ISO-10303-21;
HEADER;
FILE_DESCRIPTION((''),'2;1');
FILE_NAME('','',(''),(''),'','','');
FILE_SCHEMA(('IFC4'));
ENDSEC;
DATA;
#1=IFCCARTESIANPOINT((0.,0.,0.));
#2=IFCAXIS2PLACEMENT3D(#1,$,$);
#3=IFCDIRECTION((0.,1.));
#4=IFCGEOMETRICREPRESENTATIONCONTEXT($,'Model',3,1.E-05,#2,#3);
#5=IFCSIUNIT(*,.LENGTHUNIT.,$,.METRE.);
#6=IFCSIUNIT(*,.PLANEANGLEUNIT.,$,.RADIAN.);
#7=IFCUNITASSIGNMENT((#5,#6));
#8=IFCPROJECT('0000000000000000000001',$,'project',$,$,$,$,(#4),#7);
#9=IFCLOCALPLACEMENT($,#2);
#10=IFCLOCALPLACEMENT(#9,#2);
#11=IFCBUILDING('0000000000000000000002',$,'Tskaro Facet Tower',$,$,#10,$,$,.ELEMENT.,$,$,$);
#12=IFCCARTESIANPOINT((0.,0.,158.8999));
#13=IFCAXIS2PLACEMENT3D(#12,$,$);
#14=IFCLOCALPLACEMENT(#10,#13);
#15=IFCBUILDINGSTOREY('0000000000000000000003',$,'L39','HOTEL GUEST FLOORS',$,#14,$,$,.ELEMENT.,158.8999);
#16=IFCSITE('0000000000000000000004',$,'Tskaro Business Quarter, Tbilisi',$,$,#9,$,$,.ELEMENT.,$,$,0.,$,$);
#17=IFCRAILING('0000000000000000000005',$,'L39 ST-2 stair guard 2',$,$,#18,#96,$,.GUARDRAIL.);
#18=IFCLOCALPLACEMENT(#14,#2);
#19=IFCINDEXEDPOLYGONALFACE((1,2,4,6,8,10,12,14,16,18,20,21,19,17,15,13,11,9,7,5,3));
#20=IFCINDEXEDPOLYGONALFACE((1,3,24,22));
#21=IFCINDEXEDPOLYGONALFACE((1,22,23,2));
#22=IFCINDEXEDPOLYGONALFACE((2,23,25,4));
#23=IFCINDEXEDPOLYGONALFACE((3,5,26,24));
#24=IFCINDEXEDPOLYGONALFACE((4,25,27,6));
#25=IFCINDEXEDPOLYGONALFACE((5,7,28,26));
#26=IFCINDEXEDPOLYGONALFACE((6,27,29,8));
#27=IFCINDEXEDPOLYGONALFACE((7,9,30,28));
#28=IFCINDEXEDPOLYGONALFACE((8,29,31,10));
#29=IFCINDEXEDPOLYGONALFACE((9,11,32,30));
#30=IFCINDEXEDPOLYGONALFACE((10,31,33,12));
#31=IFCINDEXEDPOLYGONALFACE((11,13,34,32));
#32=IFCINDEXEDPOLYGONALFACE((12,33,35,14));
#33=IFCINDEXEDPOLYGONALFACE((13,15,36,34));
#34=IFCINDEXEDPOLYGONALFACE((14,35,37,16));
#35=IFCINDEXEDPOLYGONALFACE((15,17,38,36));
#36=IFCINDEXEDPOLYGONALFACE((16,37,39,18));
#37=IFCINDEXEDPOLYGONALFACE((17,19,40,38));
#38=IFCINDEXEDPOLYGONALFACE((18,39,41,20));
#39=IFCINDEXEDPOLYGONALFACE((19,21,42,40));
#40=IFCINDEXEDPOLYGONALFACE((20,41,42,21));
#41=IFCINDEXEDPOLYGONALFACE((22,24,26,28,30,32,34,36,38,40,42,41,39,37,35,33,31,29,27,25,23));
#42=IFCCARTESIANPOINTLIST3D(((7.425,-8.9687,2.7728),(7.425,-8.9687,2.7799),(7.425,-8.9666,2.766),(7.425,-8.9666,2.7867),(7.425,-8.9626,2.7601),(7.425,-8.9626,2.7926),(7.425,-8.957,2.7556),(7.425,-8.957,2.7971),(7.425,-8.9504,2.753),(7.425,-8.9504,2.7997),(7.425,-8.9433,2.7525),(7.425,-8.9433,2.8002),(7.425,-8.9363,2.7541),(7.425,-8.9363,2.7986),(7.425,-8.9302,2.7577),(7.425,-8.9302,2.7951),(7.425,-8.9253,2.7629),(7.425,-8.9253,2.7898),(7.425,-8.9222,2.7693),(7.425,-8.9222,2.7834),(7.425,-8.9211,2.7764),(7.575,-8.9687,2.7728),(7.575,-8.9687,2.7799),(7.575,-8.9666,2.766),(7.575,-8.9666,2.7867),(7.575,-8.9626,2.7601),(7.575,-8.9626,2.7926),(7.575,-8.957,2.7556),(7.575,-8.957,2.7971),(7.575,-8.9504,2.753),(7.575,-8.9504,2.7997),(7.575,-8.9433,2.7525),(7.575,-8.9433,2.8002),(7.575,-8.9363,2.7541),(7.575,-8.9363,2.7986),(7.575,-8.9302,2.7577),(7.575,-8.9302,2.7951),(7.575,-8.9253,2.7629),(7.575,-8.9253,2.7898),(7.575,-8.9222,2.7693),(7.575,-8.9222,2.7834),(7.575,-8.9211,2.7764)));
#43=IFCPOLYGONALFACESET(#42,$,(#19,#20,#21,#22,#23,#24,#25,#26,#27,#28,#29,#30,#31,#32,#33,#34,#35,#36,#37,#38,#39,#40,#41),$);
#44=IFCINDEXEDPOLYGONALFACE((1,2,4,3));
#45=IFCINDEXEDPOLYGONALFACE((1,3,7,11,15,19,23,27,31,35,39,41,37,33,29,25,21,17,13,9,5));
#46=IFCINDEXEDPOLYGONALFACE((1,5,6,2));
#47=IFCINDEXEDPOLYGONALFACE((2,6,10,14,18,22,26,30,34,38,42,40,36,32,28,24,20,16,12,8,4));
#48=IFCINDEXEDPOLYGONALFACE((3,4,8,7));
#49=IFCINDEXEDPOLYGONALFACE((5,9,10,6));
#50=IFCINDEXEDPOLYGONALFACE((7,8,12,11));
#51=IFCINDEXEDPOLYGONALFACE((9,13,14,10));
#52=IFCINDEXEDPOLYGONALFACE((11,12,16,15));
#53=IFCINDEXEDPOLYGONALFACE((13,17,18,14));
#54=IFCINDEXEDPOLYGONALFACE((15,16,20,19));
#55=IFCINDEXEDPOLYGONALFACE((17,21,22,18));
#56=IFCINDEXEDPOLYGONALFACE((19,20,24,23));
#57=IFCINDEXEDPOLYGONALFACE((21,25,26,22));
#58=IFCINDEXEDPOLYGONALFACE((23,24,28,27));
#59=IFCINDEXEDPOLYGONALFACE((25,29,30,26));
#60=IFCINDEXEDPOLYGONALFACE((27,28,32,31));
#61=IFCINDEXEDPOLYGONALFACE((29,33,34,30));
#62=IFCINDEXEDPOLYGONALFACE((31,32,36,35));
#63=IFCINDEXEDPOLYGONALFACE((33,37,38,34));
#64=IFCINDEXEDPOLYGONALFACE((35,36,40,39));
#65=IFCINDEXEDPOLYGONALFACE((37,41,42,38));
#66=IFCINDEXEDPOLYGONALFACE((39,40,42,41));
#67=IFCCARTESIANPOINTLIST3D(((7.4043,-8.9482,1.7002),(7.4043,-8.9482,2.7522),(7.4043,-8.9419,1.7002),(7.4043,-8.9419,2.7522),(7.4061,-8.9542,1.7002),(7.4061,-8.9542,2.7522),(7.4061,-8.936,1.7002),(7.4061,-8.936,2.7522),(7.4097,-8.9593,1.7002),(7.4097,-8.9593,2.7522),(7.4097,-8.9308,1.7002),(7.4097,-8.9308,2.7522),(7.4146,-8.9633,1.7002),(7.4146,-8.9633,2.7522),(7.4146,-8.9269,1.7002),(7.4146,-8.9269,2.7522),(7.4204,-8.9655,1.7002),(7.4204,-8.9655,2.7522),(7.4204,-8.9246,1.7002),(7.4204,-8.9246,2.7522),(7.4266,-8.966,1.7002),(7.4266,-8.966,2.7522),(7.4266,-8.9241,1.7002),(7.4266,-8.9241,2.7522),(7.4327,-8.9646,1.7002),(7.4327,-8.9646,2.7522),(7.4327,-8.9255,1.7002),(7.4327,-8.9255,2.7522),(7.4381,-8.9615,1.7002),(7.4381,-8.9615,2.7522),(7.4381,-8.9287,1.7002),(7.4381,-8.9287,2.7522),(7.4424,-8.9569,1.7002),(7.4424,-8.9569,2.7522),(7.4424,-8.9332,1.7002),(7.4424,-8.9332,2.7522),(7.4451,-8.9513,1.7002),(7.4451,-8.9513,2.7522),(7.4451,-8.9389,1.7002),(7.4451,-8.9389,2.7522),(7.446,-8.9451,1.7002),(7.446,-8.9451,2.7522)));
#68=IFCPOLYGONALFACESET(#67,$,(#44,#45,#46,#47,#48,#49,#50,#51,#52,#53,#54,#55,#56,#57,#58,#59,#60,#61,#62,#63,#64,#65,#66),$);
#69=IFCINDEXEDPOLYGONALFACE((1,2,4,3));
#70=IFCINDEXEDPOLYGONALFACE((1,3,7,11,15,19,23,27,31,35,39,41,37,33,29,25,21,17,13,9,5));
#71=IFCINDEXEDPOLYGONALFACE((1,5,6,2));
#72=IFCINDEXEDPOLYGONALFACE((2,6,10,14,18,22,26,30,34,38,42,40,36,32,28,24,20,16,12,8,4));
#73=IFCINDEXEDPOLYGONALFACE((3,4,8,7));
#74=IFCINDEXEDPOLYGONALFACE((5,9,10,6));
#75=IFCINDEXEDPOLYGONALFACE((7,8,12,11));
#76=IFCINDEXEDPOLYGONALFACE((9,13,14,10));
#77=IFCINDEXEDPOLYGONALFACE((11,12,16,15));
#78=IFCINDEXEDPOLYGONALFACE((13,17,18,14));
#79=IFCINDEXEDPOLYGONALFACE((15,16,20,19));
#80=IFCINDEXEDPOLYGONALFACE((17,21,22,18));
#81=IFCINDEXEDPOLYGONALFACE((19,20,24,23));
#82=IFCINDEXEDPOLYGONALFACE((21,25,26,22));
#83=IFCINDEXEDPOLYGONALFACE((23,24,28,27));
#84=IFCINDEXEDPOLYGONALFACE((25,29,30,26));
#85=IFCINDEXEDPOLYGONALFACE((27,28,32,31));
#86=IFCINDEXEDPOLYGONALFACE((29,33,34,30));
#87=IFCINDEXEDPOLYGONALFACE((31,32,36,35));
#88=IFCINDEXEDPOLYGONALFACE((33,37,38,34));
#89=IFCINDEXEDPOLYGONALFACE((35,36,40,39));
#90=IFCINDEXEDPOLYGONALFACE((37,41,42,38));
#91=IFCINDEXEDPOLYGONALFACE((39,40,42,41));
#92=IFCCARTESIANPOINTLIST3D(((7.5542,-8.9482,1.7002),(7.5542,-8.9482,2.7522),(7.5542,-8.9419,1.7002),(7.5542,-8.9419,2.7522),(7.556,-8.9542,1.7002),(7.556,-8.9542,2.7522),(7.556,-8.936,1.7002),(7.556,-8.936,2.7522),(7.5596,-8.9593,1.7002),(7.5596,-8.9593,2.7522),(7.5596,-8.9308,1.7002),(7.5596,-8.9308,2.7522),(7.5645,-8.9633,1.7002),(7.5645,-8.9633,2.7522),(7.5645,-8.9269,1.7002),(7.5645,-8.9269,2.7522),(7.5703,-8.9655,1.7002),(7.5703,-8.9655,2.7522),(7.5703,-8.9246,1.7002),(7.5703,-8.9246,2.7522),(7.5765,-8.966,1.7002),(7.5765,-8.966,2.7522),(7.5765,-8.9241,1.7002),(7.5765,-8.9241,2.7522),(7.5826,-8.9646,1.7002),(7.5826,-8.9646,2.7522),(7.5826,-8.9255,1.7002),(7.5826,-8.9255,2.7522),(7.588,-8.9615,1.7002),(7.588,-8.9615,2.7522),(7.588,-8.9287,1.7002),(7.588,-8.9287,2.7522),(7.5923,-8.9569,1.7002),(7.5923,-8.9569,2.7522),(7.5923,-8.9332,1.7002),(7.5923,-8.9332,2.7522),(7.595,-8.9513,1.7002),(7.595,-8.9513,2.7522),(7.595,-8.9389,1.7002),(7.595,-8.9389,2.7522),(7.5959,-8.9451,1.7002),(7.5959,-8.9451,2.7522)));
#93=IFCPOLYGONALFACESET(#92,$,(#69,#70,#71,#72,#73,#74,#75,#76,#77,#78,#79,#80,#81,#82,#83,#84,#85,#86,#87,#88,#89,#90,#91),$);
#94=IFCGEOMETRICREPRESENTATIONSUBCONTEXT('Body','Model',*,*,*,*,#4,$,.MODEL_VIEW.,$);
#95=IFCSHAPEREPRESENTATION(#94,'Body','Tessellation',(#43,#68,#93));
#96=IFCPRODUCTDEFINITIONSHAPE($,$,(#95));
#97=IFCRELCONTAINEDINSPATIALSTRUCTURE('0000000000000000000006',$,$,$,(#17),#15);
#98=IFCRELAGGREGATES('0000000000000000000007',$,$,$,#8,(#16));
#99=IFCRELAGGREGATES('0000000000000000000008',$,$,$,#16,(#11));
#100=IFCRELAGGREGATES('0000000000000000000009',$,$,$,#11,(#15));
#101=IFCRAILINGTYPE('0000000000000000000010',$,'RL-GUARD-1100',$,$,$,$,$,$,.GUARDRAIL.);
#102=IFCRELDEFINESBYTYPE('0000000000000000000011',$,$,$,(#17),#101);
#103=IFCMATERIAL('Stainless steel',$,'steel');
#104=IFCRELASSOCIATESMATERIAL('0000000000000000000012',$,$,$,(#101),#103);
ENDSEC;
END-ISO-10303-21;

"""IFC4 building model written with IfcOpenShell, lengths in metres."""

from ifc_helpers import new_model, si_unit, direction, frame, origin, origin_2d, place, context, subcontext, project, spatial, circle, extrude, material, type_object, element, save


model = new_model("IFC4")

# Units and contexts
model_context = context("Model", 3, precision=1e-05, world=origin(), true_north=direction((0.0, 1.0)))
body_context = subcontext(model_context, "Body", "Model", "MODEL_VIEW")
ifc_project = project(units=[si_unit("LENGTHUNIT", "METRE"), si_unit("PLANEANGLEUNIT", "RADIAN")], contexts=[model_context])

# Site, building, storey
site_placement = place(None, origin())
site = spatial("IfcSite", under=ifc_project, at=site_placement, Name="Tskaro Business Quarter, Tbilisi", CompositionType="ELEMENT", RefElevation=0.0)
building_placement = place(site_placement, origin())
building = spatial("IfcBuilding", under=site, at=building_placement, Name="Tskaro Facet Tower", CompositionType="ELEMENT")
storey_placement = place(building_placement, frame((0.0, 0.0, 158.8999)))
storey = spatial("IfcBuildingStorey", under=building, at=storey_placement, Name="L39", Description="HOTEL GUEST FLOORS", CompositionType="ELEMENT", Elevation=158.8999)

# Railing
ifc_material_1 = material(Name="Stainless steel", Category="steel")
railing_type_1 = type_object("IfcRailingType", Name="RL-GUARD-1100", PredefinedType="GUARDRAIL", material=ifc_material_1)
railing_1_placement = place(storey_placement, frame((7.425, -8.9451, 1.7002)))
element("IfcRailing", 1, at=railing_1_placement, inside=storey, type_object=railing_type_1, Name="L39 ST-2 stair guard 2", PredefinedType="GUARDRAIL", context=body_context, shape_type="SweptSolid", body=[
    extrude(circle(Radius=0.0239, at=origin_2d()), frame((0.0, 0.0, 1.0762), z_axis=(1.0, 0.0, 0.0), x_axis=(0.0, 1.0, 0.0)), (0.0, 0.0, 1.0), 0.1499),
    extrude(circle(Radius=0.021, at=origin_2d()), origin(), (0.0, 0.0, 1.0), 1.052),
    extrude(circle(Radius=0.021, at=origin_2d()), frame((0.1499, 0.0, 0.0)), (0.0, 0.0, 1.0), 1.052),
])

save(model, "model.ifc")
